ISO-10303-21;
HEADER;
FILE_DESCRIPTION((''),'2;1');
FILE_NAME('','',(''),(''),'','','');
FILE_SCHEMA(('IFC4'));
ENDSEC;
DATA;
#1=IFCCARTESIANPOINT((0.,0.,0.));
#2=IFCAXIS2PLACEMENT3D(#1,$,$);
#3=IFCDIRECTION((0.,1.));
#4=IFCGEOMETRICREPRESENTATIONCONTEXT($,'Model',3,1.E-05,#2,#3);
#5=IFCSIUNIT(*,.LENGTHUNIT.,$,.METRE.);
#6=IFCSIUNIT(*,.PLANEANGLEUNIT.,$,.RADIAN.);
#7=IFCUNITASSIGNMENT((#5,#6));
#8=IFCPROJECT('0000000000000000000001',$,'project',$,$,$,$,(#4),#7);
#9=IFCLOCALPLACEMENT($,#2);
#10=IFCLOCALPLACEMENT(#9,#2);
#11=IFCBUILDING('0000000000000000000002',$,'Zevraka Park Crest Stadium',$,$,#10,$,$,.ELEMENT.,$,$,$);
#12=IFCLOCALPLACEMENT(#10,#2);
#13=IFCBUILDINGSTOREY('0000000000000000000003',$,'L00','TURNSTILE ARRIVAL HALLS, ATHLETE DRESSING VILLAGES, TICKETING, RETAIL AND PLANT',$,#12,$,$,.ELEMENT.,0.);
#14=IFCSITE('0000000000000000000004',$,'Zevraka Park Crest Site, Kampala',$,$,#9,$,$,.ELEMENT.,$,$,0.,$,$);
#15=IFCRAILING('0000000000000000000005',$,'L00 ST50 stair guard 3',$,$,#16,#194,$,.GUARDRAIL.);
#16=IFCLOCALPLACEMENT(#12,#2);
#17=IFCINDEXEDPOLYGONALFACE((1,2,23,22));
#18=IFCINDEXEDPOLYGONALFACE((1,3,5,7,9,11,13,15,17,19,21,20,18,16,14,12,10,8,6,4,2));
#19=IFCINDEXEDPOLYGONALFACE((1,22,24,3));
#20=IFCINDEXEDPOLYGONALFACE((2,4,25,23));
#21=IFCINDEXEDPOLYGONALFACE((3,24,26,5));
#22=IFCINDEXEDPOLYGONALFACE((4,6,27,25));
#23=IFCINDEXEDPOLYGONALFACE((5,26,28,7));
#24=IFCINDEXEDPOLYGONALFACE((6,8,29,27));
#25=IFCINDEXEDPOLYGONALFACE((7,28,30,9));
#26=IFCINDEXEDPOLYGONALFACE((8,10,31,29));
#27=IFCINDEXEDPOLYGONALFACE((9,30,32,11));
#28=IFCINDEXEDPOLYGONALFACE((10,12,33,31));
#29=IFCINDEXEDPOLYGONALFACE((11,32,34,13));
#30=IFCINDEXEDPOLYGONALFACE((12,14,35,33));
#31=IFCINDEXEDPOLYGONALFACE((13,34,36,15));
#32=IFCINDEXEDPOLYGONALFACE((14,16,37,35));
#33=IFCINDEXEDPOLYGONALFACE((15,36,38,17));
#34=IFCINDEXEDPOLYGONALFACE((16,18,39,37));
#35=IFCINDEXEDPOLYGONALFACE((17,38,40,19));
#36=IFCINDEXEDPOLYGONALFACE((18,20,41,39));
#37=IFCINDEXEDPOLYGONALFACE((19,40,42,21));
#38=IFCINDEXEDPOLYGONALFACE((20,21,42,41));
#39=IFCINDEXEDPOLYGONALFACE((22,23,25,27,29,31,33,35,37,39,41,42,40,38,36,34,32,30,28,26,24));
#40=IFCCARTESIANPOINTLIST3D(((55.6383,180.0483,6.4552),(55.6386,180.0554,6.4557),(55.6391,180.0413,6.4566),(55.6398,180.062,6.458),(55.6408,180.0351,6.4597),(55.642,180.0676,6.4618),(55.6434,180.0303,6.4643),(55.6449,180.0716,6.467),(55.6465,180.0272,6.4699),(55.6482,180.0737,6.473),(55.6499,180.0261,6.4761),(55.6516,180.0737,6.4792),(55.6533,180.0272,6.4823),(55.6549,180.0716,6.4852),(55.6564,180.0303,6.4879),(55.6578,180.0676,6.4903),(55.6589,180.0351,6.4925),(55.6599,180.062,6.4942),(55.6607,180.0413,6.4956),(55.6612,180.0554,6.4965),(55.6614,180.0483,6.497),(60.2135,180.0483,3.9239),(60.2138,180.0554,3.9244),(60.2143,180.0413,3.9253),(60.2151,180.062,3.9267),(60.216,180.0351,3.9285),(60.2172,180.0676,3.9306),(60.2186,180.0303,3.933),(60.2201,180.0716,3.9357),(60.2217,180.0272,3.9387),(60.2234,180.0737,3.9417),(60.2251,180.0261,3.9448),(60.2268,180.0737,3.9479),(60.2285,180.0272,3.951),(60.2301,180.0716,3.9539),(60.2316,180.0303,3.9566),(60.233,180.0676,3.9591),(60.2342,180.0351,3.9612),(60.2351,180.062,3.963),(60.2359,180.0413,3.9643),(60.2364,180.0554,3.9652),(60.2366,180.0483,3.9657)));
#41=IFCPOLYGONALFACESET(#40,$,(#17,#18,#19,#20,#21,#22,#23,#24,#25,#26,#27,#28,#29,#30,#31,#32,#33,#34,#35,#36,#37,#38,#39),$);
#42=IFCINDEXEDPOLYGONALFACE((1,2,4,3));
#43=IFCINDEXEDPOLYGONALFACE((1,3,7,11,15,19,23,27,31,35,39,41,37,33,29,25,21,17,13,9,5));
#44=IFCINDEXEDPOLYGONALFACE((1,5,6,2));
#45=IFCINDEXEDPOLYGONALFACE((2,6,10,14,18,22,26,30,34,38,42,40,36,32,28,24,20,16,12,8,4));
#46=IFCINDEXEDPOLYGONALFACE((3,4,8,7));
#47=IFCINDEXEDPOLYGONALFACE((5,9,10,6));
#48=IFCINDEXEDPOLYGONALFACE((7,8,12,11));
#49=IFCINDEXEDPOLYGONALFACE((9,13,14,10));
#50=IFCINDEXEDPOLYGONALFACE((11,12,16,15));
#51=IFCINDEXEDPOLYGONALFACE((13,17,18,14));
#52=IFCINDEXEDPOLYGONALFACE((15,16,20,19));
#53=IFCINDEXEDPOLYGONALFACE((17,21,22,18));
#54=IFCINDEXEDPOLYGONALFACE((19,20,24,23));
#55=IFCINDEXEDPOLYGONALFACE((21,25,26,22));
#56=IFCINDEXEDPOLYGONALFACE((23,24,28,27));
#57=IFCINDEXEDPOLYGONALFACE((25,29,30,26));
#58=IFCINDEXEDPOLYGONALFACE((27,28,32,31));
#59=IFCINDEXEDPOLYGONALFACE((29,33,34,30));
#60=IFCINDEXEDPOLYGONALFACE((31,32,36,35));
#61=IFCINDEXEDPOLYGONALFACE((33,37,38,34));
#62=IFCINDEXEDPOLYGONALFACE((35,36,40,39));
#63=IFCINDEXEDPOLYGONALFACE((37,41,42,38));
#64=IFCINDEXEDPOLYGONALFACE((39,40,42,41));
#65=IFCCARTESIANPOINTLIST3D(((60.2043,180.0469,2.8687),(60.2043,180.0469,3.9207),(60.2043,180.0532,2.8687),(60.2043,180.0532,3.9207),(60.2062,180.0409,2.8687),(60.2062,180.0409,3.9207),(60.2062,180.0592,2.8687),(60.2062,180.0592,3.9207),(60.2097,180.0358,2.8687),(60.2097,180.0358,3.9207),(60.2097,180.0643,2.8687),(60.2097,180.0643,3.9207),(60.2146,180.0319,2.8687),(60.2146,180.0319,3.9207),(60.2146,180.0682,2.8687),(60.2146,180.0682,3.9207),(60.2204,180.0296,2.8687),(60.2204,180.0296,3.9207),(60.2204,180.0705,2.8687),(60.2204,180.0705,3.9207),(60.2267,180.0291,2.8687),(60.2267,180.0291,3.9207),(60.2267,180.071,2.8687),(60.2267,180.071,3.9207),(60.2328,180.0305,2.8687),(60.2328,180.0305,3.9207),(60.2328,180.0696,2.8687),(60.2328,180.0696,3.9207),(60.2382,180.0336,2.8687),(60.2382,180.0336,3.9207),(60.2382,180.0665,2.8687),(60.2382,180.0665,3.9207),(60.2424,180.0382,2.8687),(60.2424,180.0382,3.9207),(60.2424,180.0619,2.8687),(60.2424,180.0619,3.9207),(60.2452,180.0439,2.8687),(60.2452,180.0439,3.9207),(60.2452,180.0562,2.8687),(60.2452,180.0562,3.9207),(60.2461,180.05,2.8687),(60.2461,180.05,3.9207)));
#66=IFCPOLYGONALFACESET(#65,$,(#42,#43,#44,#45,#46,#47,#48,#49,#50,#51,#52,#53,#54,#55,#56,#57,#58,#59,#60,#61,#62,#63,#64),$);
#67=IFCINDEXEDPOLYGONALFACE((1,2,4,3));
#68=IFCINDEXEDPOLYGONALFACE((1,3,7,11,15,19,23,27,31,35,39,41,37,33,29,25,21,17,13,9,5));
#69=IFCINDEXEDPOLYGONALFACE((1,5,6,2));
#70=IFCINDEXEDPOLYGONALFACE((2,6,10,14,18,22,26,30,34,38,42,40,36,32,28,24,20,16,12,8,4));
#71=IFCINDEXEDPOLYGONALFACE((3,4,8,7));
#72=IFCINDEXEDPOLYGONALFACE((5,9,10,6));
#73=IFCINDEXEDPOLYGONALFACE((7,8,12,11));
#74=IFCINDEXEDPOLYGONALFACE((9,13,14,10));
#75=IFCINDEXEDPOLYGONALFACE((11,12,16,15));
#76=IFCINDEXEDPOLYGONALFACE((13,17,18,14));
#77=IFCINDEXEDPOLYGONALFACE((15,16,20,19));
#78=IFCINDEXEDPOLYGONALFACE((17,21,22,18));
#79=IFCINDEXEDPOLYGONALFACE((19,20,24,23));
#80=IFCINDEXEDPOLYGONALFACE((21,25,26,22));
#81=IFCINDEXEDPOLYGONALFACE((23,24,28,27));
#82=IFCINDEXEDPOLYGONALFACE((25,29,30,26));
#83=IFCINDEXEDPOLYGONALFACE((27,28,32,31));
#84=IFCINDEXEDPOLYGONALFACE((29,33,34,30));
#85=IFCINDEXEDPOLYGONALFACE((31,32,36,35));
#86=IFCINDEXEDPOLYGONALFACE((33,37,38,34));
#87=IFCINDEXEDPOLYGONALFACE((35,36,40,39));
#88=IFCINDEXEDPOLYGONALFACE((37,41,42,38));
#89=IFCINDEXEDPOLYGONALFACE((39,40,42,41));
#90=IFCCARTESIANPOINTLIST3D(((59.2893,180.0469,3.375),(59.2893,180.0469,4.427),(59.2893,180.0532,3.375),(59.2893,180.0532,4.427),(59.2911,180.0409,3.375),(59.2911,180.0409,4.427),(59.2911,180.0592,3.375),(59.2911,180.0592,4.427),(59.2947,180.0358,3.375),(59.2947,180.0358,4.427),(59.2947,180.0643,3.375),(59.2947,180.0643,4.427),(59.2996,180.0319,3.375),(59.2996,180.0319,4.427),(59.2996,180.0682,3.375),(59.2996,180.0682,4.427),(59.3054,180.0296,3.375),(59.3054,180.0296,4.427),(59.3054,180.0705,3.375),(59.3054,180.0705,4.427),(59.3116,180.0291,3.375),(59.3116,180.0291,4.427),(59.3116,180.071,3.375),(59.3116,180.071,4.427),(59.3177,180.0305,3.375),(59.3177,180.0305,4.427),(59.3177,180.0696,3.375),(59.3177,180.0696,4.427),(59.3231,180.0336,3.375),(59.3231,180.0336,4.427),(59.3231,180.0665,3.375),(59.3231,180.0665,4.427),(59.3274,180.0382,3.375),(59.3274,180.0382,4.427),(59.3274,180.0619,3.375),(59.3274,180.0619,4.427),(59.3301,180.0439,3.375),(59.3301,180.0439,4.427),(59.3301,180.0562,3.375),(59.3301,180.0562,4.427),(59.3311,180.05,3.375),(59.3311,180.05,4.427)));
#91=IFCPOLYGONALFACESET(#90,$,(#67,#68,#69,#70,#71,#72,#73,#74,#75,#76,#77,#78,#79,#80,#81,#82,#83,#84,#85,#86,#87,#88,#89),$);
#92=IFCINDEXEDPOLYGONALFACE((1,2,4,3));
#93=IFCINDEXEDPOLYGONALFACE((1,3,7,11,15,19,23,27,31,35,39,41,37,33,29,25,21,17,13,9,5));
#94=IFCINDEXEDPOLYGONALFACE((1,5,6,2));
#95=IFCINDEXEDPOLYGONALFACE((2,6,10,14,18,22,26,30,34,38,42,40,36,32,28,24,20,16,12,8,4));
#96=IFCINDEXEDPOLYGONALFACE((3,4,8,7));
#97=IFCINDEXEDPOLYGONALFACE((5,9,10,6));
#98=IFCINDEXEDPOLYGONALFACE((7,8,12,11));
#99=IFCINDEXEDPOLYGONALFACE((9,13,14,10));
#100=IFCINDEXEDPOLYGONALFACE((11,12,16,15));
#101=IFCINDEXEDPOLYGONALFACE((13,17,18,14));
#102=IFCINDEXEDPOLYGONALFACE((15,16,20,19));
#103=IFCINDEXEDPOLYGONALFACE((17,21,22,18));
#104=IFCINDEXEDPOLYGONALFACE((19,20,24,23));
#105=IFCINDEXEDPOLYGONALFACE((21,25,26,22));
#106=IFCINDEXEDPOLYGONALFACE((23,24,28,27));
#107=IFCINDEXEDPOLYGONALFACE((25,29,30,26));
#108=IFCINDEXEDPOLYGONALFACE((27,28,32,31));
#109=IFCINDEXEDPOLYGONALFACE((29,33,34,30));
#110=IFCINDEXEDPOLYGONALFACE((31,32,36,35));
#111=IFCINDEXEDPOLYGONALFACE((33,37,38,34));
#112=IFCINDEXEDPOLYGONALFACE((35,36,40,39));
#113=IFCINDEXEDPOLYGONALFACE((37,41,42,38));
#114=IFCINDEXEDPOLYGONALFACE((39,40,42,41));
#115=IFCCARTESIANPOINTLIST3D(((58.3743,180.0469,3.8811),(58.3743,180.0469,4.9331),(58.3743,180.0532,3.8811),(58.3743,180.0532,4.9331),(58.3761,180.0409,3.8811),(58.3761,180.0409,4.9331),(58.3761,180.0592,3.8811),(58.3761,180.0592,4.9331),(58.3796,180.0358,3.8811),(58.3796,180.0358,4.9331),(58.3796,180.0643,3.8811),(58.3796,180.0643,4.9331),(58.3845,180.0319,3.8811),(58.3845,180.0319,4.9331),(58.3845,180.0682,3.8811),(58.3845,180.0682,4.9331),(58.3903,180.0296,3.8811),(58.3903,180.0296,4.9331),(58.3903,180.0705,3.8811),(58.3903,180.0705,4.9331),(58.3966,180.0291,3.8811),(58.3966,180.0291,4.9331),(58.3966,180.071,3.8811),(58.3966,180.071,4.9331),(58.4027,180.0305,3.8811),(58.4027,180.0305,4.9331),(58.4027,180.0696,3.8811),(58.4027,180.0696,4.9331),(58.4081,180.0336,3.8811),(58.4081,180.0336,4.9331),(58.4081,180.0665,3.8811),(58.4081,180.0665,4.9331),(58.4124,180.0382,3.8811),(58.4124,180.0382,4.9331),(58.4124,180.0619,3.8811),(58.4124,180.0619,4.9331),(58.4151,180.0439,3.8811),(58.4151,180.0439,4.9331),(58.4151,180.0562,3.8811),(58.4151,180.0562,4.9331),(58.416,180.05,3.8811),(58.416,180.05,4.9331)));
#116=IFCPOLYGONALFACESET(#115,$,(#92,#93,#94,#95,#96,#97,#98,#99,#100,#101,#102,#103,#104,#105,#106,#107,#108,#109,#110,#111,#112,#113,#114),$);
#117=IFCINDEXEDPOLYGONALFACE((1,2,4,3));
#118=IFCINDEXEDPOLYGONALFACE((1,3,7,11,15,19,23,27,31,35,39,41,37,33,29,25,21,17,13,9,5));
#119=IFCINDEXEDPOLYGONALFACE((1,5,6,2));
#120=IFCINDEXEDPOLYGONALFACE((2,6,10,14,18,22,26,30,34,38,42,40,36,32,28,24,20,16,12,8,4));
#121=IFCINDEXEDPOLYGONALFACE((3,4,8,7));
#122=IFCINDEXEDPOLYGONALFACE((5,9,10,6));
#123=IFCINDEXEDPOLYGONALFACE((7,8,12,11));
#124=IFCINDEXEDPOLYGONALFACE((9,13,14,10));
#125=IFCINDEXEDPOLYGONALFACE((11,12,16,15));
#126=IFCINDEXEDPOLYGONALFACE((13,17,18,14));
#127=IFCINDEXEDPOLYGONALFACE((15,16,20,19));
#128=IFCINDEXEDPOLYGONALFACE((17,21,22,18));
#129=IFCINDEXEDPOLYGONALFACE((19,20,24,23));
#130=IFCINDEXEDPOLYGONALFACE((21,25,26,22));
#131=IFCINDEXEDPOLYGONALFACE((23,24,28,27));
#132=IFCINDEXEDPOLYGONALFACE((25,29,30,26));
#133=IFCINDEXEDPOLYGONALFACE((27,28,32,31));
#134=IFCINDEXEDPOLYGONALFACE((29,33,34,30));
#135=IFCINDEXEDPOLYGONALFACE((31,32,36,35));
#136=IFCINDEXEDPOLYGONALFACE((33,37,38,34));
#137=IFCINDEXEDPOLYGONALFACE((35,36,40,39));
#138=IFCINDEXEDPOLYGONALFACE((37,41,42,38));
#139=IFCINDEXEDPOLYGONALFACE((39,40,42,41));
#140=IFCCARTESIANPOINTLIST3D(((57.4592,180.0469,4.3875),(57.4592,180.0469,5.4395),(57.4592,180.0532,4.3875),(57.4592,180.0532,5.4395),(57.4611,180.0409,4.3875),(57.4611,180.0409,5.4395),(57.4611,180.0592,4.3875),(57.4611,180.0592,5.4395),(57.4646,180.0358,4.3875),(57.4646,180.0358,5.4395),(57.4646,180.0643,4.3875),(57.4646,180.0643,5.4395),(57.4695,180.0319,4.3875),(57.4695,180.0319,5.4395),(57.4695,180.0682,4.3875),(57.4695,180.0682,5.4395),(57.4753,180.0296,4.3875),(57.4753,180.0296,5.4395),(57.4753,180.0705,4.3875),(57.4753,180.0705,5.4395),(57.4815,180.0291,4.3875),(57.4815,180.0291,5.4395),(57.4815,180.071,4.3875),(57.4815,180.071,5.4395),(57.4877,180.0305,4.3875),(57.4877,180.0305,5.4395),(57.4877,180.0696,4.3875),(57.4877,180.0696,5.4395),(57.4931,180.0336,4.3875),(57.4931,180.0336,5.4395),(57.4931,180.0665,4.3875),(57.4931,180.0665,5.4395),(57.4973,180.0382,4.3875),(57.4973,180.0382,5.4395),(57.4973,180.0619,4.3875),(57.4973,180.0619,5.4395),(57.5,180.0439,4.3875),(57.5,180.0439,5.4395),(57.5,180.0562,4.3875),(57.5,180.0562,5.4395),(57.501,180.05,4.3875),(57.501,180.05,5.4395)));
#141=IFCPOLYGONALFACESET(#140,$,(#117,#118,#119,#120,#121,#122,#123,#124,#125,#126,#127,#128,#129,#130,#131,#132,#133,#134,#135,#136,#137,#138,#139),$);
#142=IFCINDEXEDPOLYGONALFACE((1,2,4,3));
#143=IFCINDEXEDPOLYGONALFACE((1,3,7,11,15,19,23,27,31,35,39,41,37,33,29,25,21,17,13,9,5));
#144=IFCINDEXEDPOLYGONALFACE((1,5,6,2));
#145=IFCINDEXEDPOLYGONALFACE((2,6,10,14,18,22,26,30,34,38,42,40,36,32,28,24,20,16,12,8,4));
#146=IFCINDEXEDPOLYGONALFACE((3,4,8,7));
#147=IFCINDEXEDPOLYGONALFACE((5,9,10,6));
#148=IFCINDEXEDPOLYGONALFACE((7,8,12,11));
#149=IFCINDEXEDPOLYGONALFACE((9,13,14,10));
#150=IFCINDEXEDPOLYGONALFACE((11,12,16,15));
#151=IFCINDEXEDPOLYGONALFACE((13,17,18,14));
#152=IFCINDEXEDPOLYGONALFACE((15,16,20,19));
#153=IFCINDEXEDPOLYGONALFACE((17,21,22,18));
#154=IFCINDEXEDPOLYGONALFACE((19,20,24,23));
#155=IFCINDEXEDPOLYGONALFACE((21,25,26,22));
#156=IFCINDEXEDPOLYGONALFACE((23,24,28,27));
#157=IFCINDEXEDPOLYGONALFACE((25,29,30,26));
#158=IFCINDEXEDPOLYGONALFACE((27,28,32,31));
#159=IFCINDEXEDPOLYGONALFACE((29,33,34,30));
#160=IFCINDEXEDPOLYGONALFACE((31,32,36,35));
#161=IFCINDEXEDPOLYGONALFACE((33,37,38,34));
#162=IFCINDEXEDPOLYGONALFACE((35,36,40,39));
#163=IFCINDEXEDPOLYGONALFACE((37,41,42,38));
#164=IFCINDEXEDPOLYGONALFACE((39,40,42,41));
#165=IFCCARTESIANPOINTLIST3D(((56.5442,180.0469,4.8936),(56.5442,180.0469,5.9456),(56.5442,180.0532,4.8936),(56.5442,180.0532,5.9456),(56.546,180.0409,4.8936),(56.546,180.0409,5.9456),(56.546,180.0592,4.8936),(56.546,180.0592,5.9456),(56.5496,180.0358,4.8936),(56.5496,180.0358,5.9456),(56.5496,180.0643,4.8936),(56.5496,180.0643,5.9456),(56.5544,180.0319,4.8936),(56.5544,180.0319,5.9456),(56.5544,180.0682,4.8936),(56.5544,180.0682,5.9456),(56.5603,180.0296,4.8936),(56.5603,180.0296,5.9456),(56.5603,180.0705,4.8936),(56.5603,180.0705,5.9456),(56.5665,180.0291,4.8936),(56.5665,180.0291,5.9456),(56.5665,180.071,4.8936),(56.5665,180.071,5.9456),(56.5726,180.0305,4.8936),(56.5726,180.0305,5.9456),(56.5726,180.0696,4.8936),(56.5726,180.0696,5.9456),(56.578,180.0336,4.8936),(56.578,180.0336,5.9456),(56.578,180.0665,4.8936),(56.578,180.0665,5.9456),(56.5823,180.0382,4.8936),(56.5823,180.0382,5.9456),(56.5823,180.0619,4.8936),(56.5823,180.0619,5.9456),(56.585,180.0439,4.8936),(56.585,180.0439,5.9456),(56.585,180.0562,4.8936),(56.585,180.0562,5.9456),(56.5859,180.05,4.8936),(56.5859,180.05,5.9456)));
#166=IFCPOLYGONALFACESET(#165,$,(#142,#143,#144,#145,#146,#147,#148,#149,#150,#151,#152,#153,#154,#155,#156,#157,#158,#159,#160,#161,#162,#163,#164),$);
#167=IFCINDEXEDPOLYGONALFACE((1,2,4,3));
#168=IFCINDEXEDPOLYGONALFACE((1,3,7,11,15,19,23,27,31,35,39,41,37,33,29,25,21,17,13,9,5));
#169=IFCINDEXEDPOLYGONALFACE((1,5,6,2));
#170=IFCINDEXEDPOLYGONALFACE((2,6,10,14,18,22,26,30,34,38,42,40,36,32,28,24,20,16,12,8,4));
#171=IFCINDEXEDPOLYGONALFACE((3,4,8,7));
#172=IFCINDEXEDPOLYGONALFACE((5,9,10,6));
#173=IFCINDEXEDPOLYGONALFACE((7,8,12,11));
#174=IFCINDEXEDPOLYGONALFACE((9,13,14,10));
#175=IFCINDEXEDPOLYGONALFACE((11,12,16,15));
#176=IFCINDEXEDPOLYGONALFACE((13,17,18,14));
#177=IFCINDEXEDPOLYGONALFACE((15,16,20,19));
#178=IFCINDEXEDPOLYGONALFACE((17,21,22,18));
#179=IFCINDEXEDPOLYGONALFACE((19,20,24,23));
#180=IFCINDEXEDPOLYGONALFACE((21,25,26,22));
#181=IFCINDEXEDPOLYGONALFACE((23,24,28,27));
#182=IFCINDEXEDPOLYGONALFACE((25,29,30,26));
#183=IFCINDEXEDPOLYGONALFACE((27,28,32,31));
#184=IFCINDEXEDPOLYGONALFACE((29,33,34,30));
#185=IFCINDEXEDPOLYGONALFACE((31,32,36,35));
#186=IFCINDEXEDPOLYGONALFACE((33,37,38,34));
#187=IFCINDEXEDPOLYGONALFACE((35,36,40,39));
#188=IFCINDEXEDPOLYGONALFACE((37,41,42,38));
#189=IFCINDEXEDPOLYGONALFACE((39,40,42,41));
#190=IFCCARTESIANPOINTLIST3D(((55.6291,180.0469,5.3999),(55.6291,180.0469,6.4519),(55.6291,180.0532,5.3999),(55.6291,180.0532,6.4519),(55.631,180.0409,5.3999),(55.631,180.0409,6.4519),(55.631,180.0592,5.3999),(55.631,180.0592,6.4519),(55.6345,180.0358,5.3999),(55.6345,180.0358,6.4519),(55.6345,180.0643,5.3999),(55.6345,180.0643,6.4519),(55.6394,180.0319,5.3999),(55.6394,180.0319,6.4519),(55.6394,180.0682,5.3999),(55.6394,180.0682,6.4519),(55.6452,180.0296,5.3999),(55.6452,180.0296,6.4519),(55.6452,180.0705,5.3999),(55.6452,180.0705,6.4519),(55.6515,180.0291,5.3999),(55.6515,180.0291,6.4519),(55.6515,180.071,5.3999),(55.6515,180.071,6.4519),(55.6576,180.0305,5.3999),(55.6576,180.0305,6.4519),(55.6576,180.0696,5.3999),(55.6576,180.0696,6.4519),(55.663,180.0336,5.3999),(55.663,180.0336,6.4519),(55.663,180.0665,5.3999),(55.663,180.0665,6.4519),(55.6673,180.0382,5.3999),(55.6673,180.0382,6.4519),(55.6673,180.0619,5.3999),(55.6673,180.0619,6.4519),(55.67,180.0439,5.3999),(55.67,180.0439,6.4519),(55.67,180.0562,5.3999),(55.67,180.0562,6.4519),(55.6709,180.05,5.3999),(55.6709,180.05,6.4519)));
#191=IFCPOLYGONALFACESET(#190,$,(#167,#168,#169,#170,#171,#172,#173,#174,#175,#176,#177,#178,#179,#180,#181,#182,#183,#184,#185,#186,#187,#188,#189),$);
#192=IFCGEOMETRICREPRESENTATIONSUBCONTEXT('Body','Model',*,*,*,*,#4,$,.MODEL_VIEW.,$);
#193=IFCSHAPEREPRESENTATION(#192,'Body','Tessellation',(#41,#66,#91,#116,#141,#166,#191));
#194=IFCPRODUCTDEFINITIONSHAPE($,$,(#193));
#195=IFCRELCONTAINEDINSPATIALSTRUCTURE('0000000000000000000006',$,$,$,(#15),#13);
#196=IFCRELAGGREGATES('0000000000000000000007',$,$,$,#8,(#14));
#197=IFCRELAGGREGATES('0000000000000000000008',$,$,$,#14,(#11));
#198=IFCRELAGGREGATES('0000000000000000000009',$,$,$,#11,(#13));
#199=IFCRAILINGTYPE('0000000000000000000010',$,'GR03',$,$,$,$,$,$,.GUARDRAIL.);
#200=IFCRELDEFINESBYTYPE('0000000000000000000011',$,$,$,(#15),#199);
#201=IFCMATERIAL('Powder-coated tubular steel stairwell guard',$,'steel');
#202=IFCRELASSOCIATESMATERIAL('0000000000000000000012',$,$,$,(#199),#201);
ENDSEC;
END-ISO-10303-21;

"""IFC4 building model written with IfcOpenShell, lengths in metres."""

from ifc_helpers import new_model, si_unit, direction, frame, origin, origin_2d, place, context, subcontext, project, spatial, circle, extrude, material, type_object, element, save


model = new_model("IFC4")

# Units and contexts
model_context = context("Model", 3, precision=1e-05, world=origin(), true_north=direction((0.0, 1.0)))
body_context = subcontext(model_context, "Body", "Model", "MODEL_VIEW")
ifc_project = project(units=[si_unit("LENGTHUNIT", "METRE"), si_unit("PLANEANGLEUNIT", "RADIAN")], contexts=[model_context])

# Site, building, storey
site_placement = place(None, origin())
site = spatial("IfcSite", under=ifc_project, at=site_placement, Name="Zevraka Park Crest Site, Kampala", CompositionType="ELEMENT", RefElevation=0.0)
building_placement = place(site_placement, origin())
building = spatial("IfcBuilding", under=site, at=building_placement, Name="Zevraka Park Crest Stadium", CompositionType="ELEMENT")
storey_placement = place(building_placement, origin())
storey = spatial("IfcBuildingStorey", under=building, at=storey_placement, Name="L00", Description="TURNSTILE ARRIVAL HALLS, ATHLETE DRESSING VILLAGES, TICKETING, RETAIL AND PLANT", CompositionType="ELEMENT", Elevation=0.0)

# Railing
ifc_material_1 = material(Name="Powder-coated tubular steel stairwell guard", Category="steel")
railing_type_1 = type_object("IfcRailingType", Name="GR03", PredefinedType="GUARDRAIL", material=ifc_material_1)
railing_1_placement = place(storey_placement, frame((60.2251, 180.05, 2.8687)))
element("IfcRailing", 1, at=railing_1_placement, inside=storey, type_object=railing_type_1, Name="L00 ST50 stair guard 3", PredefinedType="GUARDRAIL", context=body_context, shape_type="SweptSolid", body=[
    extrude(circle(Radius=0.0239, at=origin_2d()), frame((0.0, 0.0, 1.0762), z_axis=(-0.87501, 0.0, 0.484104), x_axis=(0.0, -1.0, 0.0)), (0.0, 0.0, 1.0), 5.2288),
    extrude(circle(Radius=0.021, at=origin_2d()), origin(), (0.0, 0.0, 1.0), 1.052),
    extrude(circle(Radius=0.021, at=origin_2d()), frame((-0.915, 0.0, 0.5063)), (0.0, 0.0, 1.0), 1.052),
    extrude(circle(Radius=0.021, at=origin_2d()), frame((-1.8301, 0.0, 1.0125)), (0.0, 0.0, 1.0), 1.052),
    extrude(circle(Radius=0.021, at=origin_2d()), frame((-2.7451, 0.0, 1.5188)), (0.0, 0.0, 1.0), 1.052),
    extrude(circle(Radius=0.021, at=origin_2d()), frame((-3.6602, 0.0, 2.0249)), (0.0, 0.0, 1.0), 1.052),
    extrude(circle(Radius=0.021, at=origin_2d()), frame((-4.5752, 0.0, 2.5312)), (0.0, 0.0, 1.0), 1.052),
])

save(model, "model.ifc")
